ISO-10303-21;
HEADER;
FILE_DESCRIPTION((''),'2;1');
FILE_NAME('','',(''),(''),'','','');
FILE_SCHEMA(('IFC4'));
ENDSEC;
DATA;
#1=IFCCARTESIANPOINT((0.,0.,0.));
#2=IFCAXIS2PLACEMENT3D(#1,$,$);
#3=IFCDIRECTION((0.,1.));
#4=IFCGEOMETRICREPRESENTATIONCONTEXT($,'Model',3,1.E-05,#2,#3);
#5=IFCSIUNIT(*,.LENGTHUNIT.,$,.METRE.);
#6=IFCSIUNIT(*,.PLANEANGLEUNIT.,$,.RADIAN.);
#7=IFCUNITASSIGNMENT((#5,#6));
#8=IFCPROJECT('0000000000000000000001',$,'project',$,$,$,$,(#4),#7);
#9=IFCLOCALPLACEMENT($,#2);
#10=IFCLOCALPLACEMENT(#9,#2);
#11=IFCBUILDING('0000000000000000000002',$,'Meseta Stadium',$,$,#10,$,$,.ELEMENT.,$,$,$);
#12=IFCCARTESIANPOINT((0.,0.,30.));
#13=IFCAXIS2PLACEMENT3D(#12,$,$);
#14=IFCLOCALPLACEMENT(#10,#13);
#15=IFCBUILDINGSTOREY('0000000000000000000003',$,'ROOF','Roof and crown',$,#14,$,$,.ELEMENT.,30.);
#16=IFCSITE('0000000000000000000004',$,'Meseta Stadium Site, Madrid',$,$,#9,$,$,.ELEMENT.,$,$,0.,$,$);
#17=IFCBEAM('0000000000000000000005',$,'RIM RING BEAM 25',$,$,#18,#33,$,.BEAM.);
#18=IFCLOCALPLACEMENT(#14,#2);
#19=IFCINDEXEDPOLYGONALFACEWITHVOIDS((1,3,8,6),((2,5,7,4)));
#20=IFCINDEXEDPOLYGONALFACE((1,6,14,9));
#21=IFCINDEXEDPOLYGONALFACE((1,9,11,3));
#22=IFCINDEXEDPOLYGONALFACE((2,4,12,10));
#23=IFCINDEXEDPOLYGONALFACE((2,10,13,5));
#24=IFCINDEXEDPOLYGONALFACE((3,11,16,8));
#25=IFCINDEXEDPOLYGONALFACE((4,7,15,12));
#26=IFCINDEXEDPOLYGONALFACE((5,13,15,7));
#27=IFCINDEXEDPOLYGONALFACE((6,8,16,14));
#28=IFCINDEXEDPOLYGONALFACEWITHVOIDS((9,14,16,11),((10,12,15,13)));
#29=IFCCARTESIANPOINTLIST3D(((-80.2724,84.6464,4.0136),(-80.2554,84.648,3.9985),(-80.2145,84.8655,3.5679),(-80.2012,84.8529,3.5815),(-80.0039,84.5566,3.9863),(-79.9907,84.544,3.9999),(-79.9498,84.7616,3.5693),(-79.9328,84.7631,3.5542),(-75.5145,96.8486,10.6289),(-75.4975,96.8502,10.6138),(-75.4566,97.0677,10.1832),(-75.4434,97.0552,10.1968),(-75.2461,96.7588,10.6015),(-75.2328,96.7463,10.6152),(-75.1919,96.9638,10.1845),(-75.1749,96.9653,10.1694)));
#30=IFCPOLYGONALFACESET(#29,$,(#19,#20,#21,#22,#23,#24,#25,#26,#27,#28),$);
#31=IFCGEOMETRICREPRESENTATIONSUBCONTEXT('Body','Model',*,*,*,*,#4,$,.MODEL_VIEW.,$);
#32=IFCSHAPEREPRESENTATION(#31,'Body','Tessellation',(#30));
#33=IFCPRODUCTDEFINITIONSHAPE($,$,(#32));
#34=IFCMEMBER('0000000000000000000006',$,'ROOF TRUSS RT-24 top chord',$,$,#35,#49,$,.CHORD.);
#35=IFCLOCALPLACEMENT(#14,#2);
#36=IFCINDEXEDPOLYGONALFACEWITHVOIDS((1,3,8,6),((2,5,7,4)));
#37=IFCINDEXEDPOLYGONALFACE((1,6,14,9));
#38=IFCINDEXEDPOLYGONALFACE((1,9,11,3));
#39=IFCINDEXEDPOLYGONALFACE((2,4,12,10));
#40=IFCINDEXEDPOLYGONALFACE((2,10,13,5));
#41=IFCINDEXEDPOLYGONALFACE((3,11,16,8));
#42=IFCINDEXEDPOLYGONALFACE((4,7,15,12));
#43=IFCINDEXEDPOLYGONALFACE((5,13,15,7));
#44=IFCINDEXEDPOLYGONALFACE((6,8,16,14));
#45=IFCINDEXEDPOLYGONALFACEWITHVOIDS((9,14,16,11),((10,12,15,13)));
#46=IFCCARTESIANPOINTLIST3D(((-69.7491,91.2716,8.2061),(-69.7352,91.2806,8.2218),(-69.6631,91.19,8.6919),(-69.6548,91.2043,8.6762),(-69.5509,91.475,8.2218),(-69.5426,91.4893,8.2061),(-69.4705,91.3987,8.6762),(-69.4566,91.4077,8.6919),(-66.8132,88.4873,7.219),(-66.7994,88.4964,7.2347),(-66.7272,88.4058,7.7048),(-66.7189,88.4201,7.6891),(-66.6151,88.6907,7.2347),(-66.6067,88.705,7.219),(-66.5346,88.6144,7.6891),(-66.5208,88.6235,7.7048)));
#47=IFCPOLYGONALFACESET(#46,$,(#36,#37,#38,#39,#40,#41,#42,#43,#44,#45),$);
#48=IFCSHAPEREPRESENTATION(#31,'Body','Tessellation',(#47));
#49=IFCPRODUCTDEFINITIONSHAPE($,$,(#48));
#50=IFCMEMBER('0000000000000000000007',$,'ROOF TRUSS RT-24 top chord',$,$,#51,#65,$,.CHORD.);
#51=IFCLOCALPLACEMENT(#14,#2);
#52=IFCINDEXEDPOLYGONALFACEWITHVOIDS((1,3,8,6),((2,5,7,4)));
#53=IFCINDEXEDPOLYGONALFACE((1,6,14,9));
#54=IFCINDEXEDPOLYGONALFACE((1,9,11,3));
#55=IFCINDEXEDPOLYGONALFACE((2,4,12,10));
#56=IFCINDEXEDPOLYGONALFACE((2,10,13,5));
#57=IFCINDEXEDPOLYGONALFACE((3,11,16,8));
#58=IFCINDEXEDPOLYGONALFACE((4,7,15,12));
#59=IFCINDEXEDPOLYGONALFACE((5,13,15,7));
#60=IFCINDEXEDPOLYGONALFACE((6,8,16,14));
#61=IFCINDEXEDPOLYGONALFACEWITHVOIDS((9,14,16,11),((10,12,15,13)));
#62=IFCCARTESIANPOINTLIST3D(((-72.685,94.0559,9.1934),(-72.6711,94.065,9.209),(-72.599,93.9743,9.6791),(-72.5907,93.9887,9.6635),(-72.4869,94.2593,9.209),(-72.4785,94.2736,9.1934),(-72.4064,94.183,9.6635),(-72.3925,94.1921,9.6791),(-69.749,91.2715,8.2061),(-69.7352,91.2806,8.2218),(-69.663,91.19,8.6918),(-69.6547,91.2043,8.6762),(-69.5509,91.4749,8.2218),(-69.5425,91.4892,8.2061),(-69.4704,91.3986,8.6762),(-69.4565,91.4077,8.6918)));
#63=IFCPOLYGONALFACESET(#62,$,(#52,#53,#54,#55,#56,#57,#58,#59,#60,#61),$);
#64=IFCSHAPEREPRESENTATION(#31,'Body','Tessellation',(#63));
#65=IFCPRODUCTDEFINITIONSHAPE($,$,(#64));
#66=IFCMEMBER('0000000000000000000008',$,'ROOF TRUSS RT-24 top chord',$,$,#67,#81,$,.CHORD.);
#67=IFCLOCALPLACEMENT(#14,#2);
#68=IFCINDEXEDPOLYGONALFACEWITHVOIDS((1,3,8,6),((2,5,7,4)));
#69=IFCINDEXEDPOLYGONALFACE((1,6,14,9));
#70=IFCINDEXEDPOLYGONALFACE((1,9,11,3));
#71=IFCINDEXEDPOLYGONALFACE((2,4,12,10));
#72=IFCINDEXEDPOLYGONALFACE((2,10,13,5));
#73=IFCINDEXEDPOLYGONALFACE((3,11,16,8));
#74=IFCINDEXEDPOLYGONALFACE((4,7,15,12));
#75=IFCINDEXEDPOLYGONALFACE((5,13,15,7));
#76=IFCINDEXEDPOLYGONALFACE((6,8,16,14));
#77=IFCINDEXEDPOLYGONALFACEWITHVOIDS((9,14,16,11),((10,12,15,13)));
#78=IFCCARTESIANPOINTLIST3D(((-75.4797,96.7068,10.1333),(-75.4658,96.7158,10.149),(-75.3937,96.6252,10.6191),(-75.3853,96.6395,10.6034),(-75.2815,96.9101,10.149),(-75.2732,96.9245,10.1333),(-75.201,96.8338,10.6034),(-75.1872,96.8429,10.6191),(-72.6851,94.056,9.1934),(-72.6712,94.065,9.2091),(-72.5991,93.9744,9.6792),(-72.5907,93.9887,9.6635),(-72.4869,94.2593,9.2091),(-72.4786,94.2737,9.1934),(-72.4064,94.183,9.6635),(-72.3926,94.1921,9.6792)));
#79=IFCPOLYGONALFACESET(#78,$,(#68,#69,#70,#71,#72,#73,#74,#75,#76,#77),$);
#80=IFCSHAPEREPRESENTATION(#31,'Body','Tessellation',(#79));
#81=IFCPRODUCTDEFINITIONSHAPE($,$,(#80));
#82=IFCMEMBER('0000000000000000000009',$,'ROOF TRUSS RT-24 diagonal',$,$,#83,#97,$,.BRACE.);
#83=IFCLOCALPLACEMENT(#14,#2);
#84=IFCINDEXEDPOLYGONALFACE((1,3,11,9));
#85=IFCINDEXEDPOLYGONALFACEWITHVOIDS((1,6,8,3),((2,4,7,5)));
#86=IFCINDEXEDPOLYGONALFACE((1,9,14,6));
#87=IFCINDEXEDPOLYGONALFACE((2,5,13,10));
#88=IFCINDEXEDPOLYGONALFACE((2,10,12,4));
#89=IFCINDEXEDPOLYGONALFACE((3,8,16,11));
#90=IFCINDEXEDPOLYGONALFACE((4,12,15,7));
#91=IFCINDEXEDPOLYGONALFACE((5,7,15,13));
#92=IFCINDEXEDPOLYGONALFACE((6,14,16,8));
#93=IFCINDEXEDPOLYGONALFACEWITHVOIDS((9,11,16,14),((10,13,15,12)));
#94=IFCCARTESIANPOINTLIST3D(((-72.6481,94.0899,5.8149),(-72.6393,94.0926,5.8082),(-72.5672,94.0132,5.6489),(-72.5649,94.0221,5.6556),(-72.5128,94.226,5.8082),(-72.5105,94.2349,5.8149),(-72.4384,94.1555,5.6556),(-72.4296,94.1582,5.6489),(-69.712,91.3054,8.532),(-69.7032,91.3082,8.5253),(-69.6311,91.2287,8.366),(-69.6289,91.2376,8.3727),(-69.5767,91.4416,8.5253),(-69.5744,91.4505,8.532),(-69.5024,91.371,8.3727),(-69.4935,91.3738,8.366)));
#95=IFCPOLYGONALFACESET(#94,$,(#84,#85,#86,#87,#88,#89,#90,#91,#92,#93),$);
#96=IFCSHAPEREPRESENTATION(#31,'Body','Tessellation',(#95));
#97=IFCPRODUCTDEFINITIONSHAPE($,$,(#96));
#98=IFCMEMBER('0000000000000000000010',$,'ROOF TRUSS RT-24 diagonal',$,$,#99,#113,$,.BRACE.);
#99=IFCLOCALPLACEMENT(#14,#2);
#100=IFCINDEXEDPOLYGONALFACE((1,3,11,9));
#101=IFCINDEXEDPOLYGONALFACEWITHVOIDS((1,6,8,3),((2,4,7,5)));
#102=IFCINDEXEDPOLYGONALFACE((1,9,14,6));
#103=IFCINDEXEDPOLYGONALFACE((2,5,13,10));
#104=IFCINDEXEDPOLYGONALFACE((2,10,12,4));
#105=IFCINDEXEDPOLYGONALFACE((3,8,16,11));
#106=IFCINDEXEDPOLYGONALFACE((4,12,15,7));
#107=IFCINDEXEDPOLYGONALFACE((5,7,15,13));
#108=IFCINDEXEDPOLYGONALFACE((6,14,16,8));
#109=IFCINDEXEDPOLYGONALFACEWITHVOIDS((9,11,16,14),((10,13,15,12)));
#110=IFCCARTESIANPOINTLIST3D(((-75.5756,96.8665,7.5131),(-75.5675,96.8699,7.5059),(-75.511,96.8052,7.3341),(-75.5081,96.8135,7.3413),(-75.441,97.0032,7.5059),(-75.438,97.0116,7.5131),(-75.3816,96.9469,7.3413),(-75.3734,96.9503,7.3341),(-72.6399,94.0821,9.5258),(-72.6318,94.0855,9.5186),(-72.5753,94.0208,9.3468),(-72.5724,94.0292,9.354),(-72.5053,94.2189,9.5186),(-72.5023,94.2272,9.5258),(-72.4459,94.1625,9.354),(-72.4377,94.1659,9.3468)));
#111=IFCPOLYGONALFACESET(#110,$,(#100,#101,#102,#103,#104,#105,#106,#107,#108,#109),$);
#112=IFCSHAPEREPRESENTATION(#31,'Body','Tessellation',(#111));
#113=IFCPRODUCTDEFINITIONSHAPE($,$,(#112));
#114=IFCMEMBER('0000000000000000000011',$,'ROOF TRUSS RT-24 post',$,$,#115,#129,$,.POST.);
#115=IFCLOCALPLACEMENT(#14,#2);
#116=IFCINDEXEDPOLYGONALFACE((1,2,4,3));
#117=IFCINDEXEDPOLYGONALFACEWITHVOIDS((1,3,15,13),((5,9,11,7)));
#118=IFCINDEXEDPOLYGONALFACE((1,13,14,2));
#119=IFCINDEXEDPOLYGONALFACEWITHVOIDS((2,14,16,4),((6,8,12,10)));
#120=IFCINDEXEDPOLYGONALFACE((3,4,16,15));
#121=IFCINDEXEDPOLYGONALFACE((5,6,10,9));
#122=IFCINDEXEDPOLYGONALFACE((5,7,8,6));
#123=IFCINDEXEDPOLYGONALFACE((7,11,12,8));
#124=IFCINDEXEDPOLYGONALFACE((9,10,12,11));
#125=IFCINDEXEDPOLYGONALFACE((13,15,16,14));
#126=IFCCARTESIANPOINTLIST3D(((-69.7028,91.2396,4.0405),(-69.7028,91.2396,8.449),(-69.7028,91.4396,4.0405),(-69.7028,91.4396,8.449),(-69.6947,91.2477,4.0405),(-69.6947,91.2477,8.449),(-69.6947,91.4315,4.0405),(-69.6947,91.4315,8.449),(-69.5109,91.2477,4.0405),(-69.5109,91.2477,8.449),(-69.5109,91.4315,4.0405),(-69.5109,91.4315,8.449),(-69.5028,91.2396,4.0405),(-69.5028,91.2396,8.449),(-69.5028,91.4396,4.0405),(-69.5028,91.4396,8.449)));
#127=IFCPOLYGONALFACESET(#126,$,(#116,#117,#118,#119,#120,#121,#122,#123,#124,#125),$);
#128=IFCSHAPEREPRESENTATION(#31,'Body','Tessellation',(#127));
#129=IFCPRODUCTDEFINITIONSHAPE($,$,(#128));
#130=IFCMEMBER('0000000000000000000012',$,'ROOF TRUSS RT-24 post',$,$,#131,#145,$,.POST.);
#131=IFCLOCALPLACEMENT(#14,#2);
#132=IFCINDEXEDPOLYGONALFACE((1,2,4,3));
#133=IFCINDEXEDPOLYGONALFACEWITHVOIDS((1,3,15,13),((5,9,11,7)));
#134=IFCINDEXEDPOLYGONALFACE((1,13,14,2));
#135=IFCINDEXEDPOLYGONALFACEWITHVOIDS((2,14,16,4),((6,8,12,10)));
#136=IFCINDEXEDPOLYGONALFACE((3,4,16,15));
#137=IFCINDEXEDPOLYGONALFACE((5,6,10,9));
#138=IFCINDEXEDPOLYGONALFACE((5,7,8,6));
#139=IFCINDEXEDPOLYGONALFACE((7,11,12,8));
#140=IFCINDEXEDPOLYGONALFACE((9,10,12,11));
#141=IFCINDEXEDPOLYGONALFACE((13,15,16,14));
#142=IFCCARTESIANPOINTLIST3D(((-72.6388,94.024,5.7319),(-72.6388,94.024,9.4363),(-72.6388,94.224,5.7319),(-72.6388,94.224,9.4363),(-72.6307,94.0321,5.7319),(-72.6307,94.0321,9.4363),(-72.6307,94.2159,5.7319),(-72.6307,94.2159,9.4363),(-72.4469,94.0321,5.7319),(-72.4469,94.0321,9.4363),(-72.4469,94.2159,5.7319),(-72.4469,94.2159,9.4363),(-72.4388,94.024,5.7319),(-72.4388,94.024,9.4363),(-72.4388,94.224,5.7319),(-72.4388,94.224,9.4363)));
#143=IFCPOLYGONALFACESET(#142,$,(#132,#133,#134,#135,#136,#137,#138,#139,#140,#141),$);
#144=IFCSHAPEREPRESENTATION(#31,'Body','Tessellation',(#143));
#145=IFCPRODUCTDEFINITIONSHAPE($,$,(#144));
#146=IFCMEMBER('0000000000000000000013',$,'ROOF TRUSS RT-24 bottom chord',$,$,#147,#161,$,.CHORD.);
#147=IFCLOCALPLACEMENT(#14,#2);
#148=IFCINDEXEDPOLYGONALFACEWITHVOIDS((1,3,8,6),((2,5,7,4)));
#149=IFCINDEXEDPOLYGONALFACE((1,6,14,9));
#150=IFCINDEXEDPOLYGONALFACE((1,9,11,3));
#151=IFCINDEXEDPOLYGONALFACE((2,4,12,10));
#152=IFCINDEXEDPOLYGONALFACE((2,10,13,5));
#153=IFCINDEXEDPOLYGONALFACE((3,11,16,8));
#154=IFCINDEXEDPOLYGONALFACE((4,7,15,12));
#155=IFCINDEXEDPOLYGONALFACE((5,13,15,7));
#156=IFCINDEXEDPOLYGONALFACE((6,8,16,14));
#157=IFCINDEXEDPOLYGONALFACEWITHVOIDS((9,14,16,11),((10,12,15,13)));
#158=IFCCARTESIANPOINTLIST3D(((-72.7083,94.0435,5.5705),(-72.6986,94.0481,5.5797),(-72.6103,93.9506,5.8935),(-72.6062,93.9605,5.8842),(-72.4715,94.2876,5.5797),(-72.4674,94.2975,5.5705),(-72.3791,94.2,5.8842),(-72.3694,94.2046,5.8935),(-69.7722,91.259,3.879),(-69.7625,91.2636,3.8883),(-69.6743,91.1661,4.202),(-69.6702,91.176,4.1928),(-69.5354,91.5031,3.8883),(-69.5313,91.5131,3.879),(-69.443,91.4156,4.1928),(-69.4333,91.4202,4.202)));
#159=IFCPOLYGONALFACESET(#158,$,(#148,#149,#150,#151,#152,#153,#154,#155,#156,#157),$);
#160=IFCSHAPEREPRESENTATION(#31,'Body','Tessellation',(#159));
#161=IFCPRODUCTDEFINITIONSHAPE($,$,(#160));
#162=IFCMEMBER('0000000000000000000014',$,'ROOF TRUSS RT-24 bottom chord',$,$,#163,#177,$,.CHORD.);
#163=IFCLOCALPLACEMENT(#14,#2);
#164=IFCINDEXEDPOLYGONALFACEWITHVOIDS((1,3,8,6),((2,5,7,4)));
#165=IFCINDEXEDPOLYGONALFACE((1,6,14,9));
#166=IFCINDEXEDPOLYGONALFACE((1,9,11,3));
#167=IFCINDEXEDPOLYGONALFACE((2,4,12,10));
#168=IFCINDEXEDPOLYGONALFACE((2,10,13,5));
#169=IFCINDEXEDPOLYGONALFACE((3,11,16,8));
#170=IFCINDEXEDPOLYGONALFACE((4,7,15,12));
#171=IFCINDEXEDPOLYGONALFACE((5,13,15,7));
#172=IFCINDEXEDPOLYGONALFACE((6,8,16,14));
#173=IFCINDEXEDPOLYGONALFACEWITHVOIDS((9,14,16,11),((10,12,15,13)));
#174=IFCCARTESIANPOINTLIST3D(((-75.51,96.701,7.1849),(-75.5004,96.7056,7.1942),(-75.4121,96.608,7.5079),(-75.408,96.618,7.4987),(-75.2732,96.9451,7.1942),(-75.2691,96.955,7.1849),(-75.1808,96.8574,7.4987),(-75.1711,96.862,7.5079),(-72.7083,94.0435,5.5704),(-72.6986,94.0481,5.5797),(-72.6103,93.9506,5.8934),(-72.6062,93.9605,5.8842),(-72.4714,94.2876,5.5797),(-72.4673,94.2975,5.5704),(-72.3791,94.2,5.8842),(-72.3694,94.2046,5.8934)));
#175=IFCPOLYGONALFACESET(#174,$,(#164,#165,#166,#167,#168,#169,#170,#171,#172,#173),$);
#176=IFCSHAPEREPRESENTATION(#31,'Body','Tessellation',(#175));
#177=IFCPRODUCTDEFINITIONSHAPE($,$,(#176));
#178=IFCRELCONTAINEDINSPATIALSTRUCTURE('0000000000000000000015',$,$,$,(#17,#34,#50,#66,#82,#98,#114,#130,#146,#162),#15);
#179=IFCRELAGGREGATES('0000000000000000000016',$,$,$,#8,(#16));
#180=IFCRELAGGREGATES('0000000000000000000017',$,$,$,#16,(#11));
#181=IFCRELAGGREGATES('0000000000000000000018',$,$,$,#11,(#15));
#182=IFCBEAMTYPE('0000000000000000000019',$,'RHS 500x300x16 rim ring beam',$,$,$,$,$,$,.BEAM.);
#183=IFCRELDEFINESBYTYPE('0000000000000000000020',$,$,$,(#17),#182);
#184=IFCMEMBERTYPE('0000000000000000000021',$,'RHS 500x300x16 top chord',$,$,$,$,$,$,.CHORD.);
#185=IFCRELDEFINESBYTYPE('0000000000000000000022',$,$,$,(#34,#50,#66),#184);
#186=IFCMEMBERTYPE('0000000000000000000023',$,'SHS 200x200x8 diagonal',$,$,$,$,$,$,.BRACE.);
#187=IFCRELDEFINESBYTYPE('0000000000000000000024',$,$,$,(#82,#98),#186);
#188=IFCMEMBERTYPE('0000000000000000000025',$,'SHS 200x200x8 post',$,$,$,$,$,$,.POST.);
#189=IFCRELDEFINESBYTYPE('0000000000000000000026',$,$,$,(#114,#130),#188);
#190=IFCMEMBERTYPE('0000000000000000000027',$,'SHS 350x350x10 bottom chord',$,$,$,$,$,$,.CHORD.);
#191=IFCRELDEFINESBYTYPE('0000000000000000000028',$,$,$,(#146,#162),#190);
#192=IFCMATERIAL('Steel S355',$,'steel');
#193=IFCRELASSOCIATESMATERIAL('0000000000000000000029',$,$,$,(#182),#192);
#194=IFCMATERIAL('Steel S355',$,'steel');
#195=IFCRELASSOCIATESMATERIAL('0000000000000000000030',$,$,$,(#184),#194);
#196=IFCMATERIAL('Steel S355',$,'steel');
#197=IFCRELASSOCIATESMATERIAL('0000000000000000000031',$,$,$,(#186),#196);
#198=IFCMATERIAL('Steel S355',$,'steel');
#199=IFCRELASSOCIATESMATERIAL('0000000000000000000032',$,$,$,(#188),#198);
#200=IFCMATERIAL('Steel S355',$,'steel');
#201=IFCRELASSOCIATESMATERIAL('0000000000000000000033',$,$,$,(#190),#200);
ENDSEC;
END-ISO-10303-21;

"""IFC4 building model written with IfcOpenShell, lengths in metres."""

from ifc_helpers import new_model, si_unit, direction, frame, origin, origin_2d, place, context, subcontext, project, spatial, hollow_rectangle, extrude, material, material_profile, profile_set, type_object, element, save


model = new_model("IFC4")

# Units and contexts
model_context = context("Model", 3, precision=1e-05, world=origin(), true_north=direction((0.0, 1.0)))
body_context = subcontext(model_context, "Body", "Model", "MODEL_VIEW")
ifc_project = project(units=[si_unit("LENGTHUNIT", "METRE"), si_unit("PLANEANGLEUNIT", "RADIAN")], contexts=[model_context])

# Site, building, storey
site_placement = place(None, origin())
site = spatial("IfcSite", under=ifc_project, at=site_placement, Name="Meseta Stadium Site, Madrid", CompositionType="ELEMENT", RefElevation=0.0)
building_placement = place(site_placement, origin())
building = spatial("IfcBuilding", under=site, at=building_placement, Name="Meseta Stadium", CompositionType="ELEMENT")
storey_placement = place(building_placement, frame((0.0, 0.0, 30.0)))
storey = spatial("IfcBuildingStorey", under=building, at=storey_placement, Name="ROOF", Description="Roof and crown", CompositionType="ELEMENT", Elevation=30.0)

# Beam
ifc_material_1 = material(Name="Steel S355", Category="steel")
ifc_material_profile_1 = material_profile(ifc_material_1, hollow_rectangle(XDim=0.3, YDim=0.5, WallThickness=0.0161, at=origin_2d()), Name="RHS 500x300x16")
ifc_profile_set_1 = profile_set([ifc_material_profile_1], Name="Steel S355")
beam_type = type_object("IfcBeamType", Name="RHS 500x300x16 rim ring beam", PredefinedType="BEAM", material=ifc_profile_set_1)
beam_placement = place(storey_placement, frame((-75.3447, 96.907, 10.3992), z_axis=(-0.324261, -0.831618, -0.450851), x_axis=(0.938857, -0.341248, -0.045795)))
element("IfcBeam", 1, at=beam_placement, inside=storey, type_object=beam_type, Name="RIM RING BEAM 25", PredefinedType="BEAM", context=body_context, shape_type="SweptSolid", body=[
    extrude(hollow_rectangle(XDim=0.3, YDim=0.5, WallThickness=0.0161, at=origin_2d()), origin(), (0.0, 0.0, 1.0), 14.6729),
])

# Members
ifc_material_2 = material(Name="Steel S355", Category="steel")
ifc_material_profile_2 = material_profile(ifc_material_2, hollow_rectangle(XDim=0.3, YDim=0.5, WallThickness=0.0161, at=origin_2d()), Name="RHS 500x300x16")
ifc_profile_set_2 = profile_set([ifc_material_profile_2], Name="Steel S355")
member_type_1 = type_object("IfcMemberType", Name="RHS 500x300x16 top chord", PredefinedType="CHORD", material=ifc_profile_set_2)
member_1_placement = place(storey_placement, frame((-66.667, 88.5554, 7.4619), z_axis=(-0.704921, 0.668517, 0.237006), x_axis=(-0.688123, -0.725594, 0.0)))
element("IfcMember", 2, at=member_1_placement, inside=storey, type_object=member_type_1, Name="ROOF TRUSS RT-24 top chord", PredefinedType="CHORD", context=body_context, shape_type="SweptSolid", body=[
    extrude(hollow_rectangle(XDim=0.3, YDim=0.5, WallThickness=0.0161, at=origin_2d()), origin(), (0.0, 0.0, 1.0), 4.1648),
])
member_2_placement = place(storey_placement, frame((-69.6028, 91.3396, 8.449), z_axis=(-0.704913, 0.668512, 0.237042), x_axis=(-0.688124, -0.725593, 0.0)))
element("IfcMember", 3, at=member_2_placement, inside=storey, type_object=member_type_1, Name="ROOF TRUSS RT-24 top chord", PredefinedType="CHORD", context=body_context, shape_type="SweptSolid", body=[
    extrude(hollow_rectangle(XDim=0.3, YDim=0.5, WallThickness=0.0161, at=origin_2d()), origin(), (0.0, 0.0, 1.0), 4.165),
])
member_3_placement = place(storey_placement, frame((-72.5388, 94.124, 9.4363), z_axis=(-0.704845, 0.668577, 0.237062), x_axis=(-0.688195, -0.725526, 0.0)))
element("IfcMember", 4, at=member_3_placement, inside=storey, type_object=member_type_1, Name="ROOF TRUSS RT-24 top chord", PredefinedType="CHORD", context=body_context, shape_type="SweptSolid", body=[
    extrude(hollow_rectangle(XDim=0.3, YDim=0.5, WallThickness=0.0161, at=origin_2d()), origin(), (0.0, 0.0, 1.0), 3.9648),
])
ifc_material_3 = material(Name="Steel S355", Category="steel")
ifc_material_profile_3 = material_profile(ifc_material_3, hollow_rectangle(XDim=0.2, YDim=0.2, WallThickness=0.0081, at=origin_2d()), Name="SHS 200x200x8")
ifc_profile_set_3 = profile_set([ifc_material_profile_3], Name="Steel S355")
member_type_2 = type_object("IfcMemberType", Name="SHS 200x200x8 diagonal", PredefinedType="BRACE", material=ifc_profile_set_3)
member_4_placement = place(storey_placement, frame((-69.6028, 91.3396, 8.449), z_axis=(-0.60239, 0.571284, -0.557459), x_axis=(-0.688124, -0.725593, 0.0)))
element("IfcMember", 5, at=member_4_placement, inside=storey, type_object=member_type_2, Name="ROOF TRUSS RT-24 diagonal", PredefinedType="BRACE", context=body_context, shape_type="SweptSolid", body=[
    extrude(hollow_rectangle(XDim=0.2, YDim=0.2, WallThickness=0.0081, at=origin_2d()), origin(), (0.0, 0.0, 1.0), 4.874),
])
member_5_placement = place(storey_placement, frame((-72.5388, 94.124, 9.4363), z_axis=(-0.649632, 0.616137, -0.445369), x_axis=(-0.688155, -0.725564, 0.0)))
element("IfcMember", 6, at=member_5_placement, inside=storey, type_object=member_type_2, Name="ROOF TRUSS RT-24 diagonal", PredefinedType="BRACE", context=body_context, shape_type="SweptSolid", body=[
    extrude(hollow_rectangle(XDim=0.2, YDim=0.2, WallThickness=0.0081, at=origin_2d()), origin(), (0.0, 0.0, 1.0), 4.519),
])
ifc_material_4 = material(Name="Steel S355", Category="steel")
ifc_material_profile_4 = material_profile(ifc_material_4, hollow_rectangle(XDim=0.2, YDim=0.2, WallThickness=0.0081, at=origin_2d()), Name="SHS 200x200x8")
ifc_profile_set_4 = profile_set([ifc_material_profile_4], Name="Steel S355")
member_type_3 = type_object("IfcMemberType", Name="SHS 200x200x8 post", PredefinedType="POST", material=ifc_profile_set_4)
member_6_placement = place(storey_placement, frame((-69.6028, 91.3396, 4.0405), z_axis=(0.0, 0.0, 1.0), x_axis=(1.0, 0.0, 0.0)))
element("IfcMember", 7, at=member_6_placement, inside=storey, type_object=member_type_3, Name="ROOF TRUSS RT-24 post", PredefinedType="POST", context=body_context, shape_type="SweptSolid", body=[
    extrude(hollow_rectangle(XDim=0.2, YDim=0.2, WallThickness=0.0081, at=origin_2d()), origin(), (0.0, 0.0, 1.0), 4.4084),
])
member_7_placement = place(storey_placement, frame((-72.5388, 94.124, 5.7319), z_axis=(0.0, 0.0, 1.0), x_axis=(1.0, 0.0, 0.0)))
element("IfcMember", 8, at=member_7_placement, inside=storey, type_object=member_type_3, Name="ROOF TRUSS RT-24 post", PredefinedType="POST", context=body_context, shape_type="SweptSolid", body=[
    extrude(hollow_rectangle(XDim=0.2, YDim=0.2, WallThickness=0.0081, at=origin_2d()), origin(), (0.0, 0.0, 1.0), 3.7043),
])
ifc_material_5 = material(Name="Steel S355", Category="steel")
ifc_material_profile_5 = material_profile(ifc_material_5, hollow_rectangle(XDim=0.3501, YDim=0.3501, WallThickness=0.01, at=origin_2d()), Name="SHS 350x350x10")
ifc_profile_set_5 = profile_set([ifc_material_profile_5], Name="Steel S355")
member_type_4 = type_object("IfcMemberType", Name="SHS 350x350x10 bottom chord", PredefinedType="CHORD", material=ifc_profile_set_5)
member_8_placement = place(storey_placement, frame((-69.6028, 91.3396, 4.0405), z_axis=(-0.66946, 0.63489, 0.385666), x_axis=(-0.688124, -0.725593, 0.0)))
element("IfcMember", 9, at=member_8_placement, inside=storey, type_object=member_type_4, Name="ROOF TRUSS RT-24 bottom chord", PredefinedType="CHORD", context=body_context, shape_type="SweptSolid", body=[
    extrude(hollow_rectangle(XDim=0.3501, YDim=0.3501, WallThickness=0.01, at=origin_2d()), origin(), (0.0, 0.0, 1.0), 4.3857),
])
member_9_placement = place(storey_placement, frame((-72.5388, 94.124, 5.7319), z_axis=(-0.669392, 0.634919, 0.385735), x_axis=(-0.688178, -0.725542, 0.0)))
element("IfcMember", 10, at=member_9_placement, inside=storey, type_object=member_type_4, Name="ROOF TRUSS RT-24 bottom chord", PredefinedType="CHORD", context=body_context, shape_type="SweptSolid", body=[
    extrude(hollow_rectangle(XDim=0.3501, YDim=0.3501, WallThickness=0.01, at=origin_2d()), origin(), (0.0, 0.0, 1.0), 4.1855),
])

save(model, "model.ifc")
